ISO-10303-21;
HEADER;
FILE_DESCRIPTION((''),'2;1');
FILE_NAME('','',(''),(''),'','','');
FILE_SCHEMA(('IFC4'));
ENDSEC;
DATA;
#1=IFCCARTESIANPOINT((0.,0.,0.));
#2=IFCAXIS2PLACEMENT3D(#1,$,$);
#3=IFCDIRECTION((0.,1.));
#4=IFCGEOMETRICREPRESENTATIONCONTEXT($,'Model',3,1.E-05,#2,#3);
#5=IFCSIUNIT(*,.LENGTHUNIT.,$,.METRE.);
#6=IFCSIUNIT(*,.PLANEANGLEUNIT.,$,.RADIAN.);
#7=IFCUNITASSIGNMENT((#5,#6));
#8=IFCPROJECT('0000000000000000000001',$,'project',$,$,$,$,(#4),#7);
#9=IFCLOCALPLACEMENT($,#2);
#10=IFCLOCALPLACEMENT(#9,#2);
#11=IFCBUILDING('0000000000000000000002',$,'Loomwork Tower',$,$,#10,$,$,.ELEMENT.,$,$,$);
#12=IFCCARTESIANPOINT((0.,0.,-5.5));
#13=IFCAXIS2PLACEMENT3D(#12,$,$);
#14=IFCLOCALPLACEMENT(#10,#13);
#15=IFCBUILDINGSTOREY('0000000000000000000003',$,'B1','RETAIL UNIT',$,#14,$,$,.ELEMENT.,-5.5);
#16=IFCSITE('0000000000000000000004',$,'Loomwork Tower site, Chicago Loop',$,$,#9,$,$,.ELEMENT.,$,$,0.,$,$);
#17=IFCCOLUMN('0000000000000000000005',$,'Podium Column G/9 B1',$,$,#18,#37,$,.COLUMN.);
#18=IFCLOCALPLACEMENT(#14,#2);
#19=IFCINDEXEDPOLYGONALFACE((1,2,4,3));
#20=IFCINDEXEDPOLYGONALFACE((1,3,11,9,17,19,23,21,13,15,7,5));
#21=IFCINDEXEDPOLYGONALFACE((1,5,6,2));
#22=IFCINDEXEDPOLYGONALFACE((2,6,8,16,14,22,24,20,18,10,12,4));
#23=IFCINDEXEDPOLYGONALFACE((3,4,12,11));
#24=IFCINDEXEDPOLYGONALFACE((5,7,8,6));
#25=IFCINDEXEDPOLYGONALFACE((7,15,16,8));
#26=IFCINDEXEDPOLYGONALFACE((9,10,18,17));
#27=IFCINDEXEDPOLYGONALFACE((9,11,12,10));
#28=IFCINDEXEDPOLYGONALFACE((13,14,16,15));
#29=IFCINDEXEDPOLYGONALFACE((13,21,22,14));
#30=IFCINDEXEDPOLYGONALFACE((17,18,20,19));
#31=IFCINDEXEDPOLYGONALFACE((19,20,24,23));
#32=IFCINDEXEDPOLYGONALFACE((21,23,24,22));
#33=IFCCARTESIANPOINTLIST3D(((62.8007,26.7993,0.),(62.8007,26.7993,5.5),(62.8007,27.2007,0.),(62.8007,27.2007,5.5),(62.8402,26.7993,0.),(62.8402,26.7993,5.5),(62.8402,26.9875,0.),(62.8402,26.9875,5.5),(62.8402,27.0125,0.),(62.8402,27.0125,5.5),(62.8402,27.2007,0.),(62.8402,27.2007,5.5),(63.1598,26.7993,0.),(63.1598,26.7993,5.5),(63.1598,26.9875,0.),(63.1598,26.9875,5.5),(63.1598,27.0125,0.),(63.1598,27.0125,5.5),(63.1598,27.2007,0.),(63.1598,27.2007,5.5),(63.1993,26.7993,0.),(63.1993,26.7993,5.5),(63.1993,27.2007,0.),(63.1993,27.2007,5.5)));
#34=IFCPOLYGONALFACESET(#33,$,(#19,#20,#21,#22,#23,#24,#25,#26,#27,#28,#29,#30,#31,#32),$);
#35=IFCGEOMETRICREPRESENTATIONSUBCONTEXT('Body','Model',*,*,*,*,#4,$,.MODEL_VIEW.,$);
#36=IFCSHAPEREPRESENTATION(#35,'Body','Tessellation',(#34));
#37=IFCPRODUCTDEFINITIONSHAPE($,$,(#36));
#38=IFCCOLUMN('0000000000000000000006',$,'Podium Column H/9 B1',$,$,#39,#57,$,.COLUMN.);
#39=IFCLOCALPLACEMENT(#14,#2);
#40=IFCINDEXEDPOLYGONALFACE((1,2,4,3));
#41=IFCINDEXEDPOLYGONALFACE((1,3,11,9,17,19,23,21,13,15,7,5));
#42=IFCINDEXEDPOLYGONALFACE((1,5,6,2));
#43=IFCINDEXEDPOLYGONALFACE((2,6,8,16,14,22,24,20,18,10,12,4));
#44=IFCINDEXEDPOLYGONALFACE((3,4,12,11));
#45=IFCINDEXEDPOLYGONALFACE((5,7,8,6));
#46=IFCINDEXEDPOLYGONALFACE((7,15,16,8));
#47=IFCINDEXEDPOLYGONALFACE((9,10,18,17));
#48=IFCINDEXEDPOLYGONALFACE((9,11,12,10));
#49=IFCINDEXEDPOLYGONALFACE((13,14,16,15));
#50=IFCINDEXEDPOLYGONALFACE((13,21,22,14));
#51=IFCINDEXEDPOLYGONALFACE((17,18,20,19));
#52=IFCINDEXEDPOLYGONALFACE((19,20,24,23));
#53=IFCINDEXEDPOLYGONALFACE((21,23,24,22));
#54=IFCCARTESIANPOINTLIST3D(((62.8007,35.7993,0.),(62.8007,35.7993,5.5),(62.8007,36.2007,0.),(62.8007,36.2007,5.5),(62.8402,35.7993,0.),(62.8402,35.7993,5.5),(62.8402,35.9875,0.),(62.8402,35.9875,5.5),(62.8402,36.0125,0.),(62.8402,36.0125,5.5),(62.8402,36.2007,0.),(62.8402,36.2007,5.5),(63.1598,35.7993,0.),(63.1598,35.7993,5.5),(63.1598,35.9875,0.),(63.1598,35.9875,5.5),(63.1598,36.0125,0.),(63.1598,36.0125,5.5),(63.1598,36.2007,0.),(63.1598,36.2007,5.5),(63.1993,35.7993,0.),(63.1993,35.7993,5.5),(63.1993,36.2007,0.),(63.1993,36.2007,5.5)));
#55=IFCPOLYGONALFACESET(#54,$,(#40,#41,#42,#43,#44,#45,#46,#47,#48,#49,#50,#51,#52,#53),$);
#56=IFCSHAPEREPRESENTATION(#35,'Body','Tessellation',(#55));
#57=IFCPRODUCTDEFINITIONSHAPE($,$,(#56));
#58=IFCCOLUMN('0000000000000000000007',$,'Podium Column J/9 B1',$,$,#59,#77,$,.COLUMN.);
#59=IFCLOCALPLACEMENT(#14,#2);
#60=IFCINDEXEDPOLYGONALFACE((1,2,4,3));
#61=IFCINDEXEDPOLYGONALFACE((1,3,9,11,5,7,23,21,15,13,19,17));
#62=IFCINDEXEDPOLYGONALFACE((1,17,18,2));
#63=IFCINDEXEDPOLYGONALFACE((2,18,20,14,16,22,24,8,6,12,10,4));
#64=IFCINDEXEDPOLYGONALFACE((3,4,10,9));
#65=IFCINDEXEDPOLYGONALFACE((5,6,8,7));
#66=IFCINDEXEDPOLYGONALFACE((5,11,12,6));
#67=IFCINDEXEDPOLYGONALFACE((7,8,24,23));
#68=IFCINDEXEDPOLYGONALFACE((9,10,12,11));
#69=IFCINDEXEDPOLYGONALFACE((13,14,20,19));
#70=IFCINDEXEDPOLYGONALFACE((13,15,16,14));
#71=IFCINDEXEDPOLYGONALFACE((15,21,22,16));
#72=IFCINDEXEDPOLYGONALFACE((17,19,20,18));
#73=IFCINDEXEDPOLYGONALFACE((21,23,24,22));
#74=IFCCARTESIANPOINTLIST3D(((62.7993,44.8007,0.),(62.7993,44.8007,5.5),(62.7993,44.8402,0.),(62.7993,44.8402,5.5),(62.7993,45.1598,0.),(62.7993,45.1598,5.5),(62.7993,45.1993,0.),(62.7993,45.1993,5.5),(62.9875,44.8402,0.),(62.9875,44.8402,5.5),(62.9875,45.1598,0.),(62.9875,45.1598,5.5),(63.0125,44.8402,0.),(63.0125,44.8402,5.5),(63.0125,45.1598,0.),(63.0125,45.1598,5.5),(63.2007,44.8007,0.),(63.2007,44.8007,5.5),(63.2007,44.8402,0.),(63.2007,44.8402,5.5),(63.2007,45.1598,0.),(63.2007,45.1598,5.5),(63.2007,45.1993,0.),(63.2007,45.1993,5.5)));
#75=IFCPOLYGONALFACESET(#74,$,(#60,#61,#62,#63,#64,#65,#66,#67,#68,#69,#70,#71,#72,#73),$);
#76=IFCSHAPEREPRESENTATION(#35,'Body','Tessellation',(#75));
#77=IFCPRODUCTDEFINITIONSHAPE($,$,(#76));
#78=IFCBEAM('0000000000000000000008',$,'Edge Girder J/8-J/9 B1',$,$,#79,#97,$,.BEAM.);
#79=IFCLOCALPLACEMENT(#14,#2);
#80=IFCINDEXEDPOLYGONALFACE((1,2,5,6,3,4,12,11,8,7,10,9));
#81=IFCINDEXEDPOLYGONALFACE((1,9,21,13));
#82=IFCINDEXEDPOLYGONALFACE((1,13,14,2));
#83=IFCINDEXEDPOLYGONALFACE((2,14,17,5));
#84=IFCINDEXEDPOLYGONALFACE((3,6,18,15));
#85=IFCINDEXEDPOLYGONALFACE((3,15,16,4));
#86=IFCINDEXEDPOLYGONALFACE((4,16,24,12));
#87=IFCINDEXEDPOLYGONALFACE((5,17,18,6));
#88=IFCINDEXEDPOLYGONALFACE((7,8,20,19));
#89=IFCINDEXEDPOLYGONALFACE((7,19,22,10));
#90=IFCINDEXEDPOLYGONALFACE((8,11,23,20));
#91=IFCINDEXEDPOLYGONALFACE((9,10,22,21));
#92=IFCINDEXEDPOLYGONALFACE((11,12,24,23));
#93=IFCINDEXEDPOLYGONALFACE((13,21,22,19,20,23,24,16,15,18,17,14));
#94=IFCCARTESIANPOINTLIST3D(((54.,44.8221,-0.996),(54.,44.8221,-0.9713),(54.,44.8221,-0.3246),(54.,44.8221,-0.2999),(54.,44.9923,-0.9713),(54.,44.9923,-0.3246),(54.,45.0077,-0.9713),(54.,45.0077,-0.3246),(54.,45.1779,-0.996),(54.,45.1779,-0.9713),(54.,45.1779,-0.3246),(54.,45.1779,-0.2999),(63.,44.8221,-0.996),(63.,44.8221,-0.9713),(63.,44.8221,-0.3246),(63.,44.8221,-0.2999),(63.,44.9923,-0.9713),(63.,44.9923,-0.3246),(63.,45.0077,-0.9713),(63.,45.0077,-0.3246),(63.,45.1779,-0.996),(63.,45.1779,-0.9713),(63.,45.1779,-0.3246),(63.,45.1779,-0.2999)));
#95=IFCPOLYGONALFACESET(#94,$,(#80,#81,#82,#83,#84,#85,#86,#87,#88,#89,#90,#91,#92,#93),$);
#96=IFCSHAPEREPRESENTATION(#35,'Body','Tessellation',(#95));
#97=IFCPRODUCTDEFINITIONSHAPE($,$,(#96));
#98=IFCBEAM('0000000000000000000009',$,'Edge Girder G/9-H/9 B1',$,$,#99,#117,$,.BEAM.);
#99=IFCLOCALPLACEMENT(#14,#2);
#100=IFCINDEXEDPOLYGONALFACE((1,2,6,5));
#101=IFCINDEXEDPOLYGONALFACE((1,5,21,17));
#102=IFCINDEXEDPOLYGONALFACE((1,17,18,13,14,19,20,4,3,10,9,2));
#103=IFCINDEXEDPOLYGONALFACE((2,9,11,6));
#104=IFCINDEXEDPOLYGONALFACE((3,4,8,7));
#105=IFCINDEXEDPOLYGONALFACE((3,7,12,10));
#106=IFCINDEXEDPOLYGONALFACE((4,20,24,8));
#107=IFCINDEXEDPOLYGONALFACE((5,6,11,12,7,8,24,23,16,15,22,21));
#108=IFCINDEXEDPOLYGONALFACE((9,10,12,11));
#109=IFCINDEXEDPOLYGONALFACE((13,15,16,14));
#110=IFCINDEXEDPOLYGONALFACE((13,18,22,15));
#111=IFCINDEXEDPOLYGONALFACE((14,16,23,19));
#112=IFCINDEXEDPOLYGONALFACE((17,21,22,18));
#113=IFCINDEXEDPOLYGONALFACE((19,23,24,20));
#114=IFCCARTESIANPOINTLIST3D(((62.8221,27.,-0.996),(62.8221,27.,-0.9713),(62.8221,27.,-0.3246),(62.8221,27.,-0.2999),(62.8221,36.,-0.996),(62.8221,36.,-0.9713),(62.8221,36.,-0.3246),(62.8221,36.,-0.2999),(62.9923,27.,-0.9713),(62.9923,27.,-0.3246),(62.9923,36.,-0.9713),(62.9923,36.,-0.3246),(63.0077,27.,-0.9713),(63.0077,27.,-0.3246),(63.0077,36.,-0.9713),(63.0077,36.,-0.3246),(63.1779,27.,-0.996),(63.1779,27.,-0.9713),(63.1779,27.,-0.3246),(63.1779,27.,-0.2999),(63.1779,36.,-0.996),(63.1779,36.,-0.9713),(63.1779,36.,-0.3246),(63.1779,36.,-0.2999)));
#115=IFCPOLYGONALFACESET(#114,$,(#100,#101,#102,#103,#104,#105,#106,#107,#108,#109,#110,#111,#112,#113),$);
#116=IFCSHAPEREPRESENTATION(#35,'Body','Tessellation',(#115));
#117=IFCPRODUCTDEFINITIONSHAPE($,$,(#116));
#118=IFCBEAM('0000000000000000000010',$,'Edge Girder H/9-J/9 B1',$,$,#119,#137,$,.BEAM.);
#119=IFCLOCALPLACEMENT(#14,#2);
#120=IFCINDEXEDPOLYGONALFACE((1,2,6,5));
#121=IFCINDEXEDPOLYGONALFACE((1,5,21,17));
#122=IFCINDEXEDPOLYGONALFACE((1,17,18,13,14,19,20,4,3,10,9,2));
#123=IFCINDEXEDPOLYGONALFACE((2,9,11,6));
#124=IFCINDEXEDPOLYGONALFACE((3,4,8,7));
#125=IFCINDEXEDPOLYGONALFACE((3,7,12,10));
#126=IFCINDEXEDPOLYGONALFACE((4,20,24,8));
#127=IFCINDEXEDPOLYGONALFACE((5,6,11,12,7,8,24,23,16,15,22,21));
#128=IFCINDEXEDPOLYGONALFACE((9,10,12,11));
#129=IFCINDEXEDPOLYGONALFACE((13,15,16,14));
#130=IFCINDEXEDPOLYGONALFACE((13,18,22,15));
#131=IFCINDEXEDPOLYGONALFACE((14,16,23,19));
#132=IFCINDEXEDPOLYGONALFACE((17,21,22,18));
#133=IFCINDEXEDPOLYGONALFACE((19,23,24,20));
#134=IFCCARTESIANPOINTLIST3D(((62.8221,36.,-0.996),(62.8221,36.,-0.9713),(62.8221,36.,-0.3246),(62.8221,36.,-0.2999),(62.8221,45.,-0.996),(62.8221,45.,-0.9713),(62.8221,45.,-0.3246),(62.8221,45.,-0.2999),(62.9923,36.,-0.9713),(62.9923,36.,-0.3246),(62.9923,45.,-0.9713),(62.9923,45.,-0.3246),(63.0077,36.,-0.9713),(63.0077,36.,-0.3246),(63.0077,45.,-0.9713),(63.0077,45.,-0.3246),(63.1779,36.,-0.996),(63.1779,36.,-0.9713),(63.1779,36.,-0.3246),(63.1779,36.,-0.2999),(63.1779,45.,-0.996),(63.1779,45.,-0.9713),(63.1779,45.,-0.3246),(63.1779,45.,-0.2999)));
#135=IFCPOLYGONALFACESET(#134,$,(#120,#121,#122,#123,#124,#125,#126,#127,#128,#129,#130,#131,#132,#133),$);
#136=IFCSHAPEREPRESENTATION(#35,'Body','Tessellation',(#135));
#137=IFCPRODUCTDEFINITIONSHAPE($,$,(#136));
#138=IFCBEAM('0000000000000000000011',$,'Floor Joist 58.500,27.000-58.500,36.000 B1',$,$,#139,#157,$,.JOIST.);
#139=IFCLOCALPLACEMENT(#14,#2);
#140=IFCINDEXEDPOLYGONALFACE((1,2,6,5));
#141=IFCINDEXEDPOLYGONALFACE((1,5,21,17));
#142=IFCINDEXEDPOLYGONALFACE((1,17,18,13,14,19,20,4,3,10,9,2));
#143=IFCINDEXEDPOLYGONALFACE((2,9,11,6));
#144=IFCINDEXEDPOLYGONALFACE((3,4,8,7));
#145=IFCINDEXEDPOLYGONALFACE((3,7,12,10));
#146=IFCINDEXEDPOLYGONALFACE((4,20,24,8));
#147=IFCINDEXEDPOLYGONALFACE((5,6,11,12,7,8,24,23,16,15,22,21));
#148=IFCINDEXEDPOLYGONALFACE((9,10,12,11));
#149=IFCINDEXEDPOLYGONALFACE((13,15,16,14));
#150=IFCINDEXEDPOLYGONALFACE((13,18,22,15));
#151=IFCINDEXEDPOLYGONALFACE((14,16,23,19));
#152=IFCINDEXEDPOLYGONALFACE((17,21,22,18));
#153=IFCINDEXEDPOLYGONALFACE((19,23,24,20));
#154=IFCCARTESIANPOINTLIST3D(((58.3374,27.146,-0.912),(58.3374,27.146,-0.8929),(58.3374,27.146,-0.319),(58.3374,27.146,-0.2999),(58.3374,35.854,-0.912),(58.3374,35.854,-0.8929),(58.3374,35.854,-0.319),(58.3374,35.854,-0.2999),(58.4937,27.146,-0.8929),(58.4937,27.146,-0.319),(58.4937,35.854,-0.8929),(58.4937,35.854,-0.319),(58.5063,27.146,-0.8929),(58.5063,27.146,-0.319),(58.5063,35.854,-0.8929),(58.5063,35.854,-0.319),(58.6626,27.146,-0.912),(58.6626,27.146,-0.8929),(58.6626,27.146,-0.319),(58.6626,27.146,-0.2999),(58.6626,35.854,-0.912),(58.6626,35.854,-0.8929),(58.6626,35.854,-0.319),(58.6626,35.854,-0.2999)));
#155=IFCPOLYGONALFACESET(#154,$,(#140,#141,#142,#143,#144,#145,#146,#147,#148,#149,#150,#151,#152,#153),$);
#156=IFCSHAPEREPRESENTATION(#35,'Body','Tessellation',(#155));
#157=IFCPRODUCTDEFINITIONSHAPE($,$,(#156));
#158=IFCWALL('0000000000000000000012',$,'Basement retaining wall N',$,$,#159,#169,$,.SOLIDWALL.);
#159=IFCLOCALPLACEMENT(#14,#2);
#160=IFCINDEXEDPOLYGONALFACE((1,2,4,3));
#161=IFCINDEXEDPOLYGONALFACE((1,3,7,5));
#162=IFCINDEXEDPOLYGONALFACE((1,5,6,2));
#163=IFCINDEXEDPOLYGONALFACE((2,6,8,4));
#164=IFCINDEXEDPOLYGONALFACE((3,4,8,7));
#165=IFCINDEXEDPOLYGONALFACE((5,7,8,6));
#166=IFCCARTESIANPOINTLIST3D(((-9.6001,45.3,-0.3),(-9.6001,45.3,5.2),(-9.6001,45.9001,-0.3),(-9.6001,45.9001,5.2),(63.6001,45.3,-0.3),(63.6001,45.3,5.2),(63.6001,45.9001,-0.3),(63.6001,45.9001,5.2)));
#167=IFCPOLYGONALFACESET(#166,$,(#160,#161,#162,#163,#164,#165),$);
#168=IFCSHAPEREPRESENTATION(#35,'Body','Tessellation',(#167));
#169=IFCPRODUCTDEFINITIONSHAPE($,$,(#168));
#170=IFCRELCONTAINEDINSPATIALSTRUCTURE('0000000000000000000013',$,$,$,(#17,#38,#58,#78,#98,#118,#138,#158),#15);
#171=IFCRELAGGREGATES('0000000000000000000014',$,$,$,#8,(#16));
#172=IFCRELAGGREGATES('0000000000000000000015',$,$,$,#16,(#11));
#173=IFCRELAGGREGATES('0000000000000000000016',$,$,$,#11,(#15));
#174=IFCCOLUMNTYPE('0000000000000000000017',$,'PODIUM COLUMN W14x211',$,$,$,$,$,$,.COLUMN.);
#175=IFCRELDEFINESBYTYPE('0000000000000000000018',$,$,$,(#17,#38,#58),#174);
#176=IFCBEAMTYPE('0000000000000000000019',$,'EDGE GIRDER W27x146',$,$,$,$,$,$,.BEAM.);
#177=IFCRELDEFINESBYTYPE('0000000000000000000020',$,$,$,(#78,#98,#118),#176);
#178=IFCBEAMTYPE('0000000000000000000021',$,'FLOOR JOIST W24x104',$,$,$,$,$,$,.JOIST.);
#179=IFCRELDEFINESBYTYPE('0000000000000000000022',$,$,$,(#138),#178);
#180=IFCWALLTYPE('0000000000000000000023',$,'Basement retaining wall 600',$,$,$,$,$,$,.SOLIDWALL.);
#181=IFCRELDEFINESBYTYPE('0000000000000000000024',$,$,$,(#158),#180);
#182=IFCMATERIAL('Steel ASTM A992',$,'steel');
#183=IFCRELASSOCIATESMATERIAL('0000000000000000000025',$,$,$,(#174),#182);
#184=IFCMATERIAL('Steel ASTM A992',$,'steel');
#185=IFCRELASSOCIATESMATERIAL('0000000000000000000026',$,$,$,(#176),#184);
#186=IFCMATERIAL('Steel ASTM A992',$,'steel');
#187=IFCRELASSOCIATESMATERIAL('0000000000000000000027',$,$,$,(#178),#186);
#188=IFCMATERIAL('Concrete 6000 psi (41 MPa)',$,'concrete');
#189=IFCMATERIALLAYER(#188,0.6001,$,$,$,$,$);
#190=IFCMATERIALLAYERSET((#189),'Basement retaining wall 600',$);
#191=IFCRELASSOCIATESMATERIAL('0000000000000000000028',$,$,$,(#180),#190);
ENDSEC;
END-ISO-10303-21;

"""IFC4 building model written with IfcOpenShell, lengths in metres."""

from ifc_helpers import new_model, si_unit, direction, frame, frame_2d, origin, origin_2d, place, context, subcontext, project, spatial, rectangle, i_section, extrude, material, layer, layer_set, material_profile, profile_set, type_object, element, save


model = new_model("IFC4")

# Units and contexts
model_context = context("Model", 3, precision=1e-05, world=origin(), true_north=direction((0.0, 1.0)))
body_context = subcontext(model_context, "Body", "Model", "MODEL_VIEW")
ifc_project = project(units=[si_unit("LENGTHUNIT", "METRE"), si_unit("PLANEANGLEUNIT", "RADIAN")], contexts=[model_context])

# Site, building, storey
site_placement = place(None, origin())
site = spatial("IfcSite", under=ifc_project, at=site_placement, Name="Loomwork Tower site, Chicago Loop", CompositionType="ELEMENT", RefElevation=0.0)
building_placement = place(site_placement, origin())
building = spatial("IfcBuilding", under=site, at=building_placement, Name="Loomwork Tower", CompositionType="ELEMENT")
storey_placement = place(building_placement, frame((0.0, 0.0, -5.5)))
storey = spatial("IfcBuildingStorey", under=building, at=storey_placement, Name="B1", Description="RETAIL UNIT", CompositionType="ELEMENT", Elevation=-5.5)

# Columns
ifc_material_1 = material(Name="Steel ASTM A992", Category="steel")
ifc_material_profile_1 = material_profile(ifc_material_1, i_section(OverallWidth=0.4014, OverallDepth=0.3987, WebThickness=0.0249, FlangeThickness=0.0396, at=origin_2d()), Name="W14x211")
ifc_profile_set_1 = profile_set([ifc_material_profile_1], Name="Steel ASTM A992")
column_type = type_object("IfcColumnType", Name="PODIUM COLUMN W14x211", PredefinedType="COLUMN", material=ifc_profile_set_1)
for number, where, z_axis, x_axis, name in (
    (1, (63.0, 27.0, 0.0), (0.0, 0.0, 1.0), (0.0, 1.0, 0.0), "Podium Column G/9 B1"),
    (2, (63.0, 36.0, 0.0), (0.0, 0.0, 1.0), (0.0, 1.0, 0.0), "Podium Column H/9 B1"),
    (3, (63.0, 45.0, 0.0), (0.0, 0.0, 1.0), (1.0, 0.0, 0.0), "Podium Column J/9 B1"),
):
    element("IfcColumn", number, at=place(storey_placement, frame(where, z_axis=z_axis, x_axis=x_axis)), inside=storey, type_object=column_type, Name=name, PredefinedType="COLUMN", context=body_context, shape_type="SweptSolid", body=[
        extrude(i_section(OverallWidth=0.4014, OverallDepth=0.3987, WebThickness=0.0249, FlangeThickness=0.0396, at=origin_2d()), origin(), (0.0, 0.0, 1.0), 5.5),
    ])

# Beams
ifc_material_2 = material(Name="Steel ASTM A992", Category="steel")
ifc_material_profile_2 = material_profile(ifc_material_2, i_section(OverallWidth=0.3557, OverallDepth=0.696, WebThickness=0.0154, FlangeThickness=0.0247, at=origin_2d()), Name="W27x146")
ifc_profile_set_2 = profile_set([ifc_material_profile_2], Name="Steel ASTM A992")
beam_type_1 = type_object("IfcBeamType", Name="EDGE GIRDER W27x146", PredefinedType="BEAM", material=ifc_profile_set_2)
for number, where, z_axis, x_axis, name in (
    (4, (54.0, 45.0, -0.6479), (1.0, 0.0, 0.0), (0.0, 1.0, 0.0), "Edge Girder J/8-J/9 B1"),
    (5, (63.0, 27.0, -0.6479), (0.0, 1.0, 0.0), (-1.0, 0.0, 0.0), "Edge Girder G/9-H/9 B1"),
    (6, (63.0, 36.0, -0.6479), (0.0, 1.0, 0.0), (-1.0, 0.0, 0.0), "Edge Girder H/9-J/9 B1"),
):
    element("IfcBeam", number, at=place(storey_placement, frame(where, z_axis=z_axis, x_axis=x_axis)), inside=storey, type_object=beam_type_1, Name=name, PredefinedType="BEAM", context=body_context, shape_type="SweptSolid", body=[
        extrude(i_section(OverallWidth=0.3557, OverallDepth=0.696, WebThickness=0.0154, FlangeThickness=0.0247, at=origin_2d()), origin(), (0.0, 0.0, 1.0), 9.0),
    ])
ifc_material_3 = material(Name="Steel ASTM A992", Category="steel")
ifc_material_profile_3 = material_profile(ifc_material_3, i_section(OverallWidth=0.3252, OverallDepth=0.6121, WebThickness=0.0127, FlangeThickness=0.019, at=origin_2d()), Name="W24x104")
ifc_profile_set_3 = profile_set([ifc_material_profile_3], Name="Steel ASTM A992")
beam_type_2 = type_object("IfcBeamType", Name="FLOOR JOIST W24x104", PredefinedType="JOIST", material=ifc_profile_set_3)
beam_placement = place(storey_placement, frame((58.5, 27.146, -0.606), z_axis=(0.0, 1.0, 0.0), x_axis=(-1.0, 0.0, 0.0)))
element("IfcBeam", 7, at=beam_placement, inside=storey, type_object=beam_type_2, Name="Floor Joist 58.500,27.000-58.500,36.000 B1", PredefinedType="JOIST", context=body_context, shape_type="SweptSolid", body=[
    extrude(i_section(OverallWidth=0.3252, OverallDepth=0.6121, WebThickness=0.0127, FlangeThickness=0.019, at=origin_2d()), origin(), (0.0, 0.0, 1.0), 8.708),
])

# Wall
ifc_material_4 = material(Name="Concrete 6000 psi (41 MPa)", Category="concrete")
ifc_layer_1 = layer(ifc_material_4, 0.6001)
ifc_layer_set_1 = layer_set([ifc_layer_1], Name="Basement retaining wall 600")
wall_type_1 = type_object("IfcWallType", Name="Basement retaining wall 600", PredefinedType="SOLIDWALL", material=ifc_layer_set_1)
wall_1_placement = place(storey_placement, frame((63.6001, 45.6001, -0.3), z_axis=(0.0, 0.0, 1.0), x_axis=(-1.0, 0.0, 0.0)))
element("IfcWall", 8, at=wall_1_placement, inside=storey, type_object=wall_type_1, Name="Basement retaining wall N", PredefinedType="SOLIDWALL", context=body_context, shape_type="SweptSolid", body=[
    extrude(rectangle(XDim=73.2002, YDim=0.6001, at=frame_2d((36.6001, 0.0))), origin(), (0.0, 0.0, 1.0), 5.5),
])

save(model, "model.ifc")
